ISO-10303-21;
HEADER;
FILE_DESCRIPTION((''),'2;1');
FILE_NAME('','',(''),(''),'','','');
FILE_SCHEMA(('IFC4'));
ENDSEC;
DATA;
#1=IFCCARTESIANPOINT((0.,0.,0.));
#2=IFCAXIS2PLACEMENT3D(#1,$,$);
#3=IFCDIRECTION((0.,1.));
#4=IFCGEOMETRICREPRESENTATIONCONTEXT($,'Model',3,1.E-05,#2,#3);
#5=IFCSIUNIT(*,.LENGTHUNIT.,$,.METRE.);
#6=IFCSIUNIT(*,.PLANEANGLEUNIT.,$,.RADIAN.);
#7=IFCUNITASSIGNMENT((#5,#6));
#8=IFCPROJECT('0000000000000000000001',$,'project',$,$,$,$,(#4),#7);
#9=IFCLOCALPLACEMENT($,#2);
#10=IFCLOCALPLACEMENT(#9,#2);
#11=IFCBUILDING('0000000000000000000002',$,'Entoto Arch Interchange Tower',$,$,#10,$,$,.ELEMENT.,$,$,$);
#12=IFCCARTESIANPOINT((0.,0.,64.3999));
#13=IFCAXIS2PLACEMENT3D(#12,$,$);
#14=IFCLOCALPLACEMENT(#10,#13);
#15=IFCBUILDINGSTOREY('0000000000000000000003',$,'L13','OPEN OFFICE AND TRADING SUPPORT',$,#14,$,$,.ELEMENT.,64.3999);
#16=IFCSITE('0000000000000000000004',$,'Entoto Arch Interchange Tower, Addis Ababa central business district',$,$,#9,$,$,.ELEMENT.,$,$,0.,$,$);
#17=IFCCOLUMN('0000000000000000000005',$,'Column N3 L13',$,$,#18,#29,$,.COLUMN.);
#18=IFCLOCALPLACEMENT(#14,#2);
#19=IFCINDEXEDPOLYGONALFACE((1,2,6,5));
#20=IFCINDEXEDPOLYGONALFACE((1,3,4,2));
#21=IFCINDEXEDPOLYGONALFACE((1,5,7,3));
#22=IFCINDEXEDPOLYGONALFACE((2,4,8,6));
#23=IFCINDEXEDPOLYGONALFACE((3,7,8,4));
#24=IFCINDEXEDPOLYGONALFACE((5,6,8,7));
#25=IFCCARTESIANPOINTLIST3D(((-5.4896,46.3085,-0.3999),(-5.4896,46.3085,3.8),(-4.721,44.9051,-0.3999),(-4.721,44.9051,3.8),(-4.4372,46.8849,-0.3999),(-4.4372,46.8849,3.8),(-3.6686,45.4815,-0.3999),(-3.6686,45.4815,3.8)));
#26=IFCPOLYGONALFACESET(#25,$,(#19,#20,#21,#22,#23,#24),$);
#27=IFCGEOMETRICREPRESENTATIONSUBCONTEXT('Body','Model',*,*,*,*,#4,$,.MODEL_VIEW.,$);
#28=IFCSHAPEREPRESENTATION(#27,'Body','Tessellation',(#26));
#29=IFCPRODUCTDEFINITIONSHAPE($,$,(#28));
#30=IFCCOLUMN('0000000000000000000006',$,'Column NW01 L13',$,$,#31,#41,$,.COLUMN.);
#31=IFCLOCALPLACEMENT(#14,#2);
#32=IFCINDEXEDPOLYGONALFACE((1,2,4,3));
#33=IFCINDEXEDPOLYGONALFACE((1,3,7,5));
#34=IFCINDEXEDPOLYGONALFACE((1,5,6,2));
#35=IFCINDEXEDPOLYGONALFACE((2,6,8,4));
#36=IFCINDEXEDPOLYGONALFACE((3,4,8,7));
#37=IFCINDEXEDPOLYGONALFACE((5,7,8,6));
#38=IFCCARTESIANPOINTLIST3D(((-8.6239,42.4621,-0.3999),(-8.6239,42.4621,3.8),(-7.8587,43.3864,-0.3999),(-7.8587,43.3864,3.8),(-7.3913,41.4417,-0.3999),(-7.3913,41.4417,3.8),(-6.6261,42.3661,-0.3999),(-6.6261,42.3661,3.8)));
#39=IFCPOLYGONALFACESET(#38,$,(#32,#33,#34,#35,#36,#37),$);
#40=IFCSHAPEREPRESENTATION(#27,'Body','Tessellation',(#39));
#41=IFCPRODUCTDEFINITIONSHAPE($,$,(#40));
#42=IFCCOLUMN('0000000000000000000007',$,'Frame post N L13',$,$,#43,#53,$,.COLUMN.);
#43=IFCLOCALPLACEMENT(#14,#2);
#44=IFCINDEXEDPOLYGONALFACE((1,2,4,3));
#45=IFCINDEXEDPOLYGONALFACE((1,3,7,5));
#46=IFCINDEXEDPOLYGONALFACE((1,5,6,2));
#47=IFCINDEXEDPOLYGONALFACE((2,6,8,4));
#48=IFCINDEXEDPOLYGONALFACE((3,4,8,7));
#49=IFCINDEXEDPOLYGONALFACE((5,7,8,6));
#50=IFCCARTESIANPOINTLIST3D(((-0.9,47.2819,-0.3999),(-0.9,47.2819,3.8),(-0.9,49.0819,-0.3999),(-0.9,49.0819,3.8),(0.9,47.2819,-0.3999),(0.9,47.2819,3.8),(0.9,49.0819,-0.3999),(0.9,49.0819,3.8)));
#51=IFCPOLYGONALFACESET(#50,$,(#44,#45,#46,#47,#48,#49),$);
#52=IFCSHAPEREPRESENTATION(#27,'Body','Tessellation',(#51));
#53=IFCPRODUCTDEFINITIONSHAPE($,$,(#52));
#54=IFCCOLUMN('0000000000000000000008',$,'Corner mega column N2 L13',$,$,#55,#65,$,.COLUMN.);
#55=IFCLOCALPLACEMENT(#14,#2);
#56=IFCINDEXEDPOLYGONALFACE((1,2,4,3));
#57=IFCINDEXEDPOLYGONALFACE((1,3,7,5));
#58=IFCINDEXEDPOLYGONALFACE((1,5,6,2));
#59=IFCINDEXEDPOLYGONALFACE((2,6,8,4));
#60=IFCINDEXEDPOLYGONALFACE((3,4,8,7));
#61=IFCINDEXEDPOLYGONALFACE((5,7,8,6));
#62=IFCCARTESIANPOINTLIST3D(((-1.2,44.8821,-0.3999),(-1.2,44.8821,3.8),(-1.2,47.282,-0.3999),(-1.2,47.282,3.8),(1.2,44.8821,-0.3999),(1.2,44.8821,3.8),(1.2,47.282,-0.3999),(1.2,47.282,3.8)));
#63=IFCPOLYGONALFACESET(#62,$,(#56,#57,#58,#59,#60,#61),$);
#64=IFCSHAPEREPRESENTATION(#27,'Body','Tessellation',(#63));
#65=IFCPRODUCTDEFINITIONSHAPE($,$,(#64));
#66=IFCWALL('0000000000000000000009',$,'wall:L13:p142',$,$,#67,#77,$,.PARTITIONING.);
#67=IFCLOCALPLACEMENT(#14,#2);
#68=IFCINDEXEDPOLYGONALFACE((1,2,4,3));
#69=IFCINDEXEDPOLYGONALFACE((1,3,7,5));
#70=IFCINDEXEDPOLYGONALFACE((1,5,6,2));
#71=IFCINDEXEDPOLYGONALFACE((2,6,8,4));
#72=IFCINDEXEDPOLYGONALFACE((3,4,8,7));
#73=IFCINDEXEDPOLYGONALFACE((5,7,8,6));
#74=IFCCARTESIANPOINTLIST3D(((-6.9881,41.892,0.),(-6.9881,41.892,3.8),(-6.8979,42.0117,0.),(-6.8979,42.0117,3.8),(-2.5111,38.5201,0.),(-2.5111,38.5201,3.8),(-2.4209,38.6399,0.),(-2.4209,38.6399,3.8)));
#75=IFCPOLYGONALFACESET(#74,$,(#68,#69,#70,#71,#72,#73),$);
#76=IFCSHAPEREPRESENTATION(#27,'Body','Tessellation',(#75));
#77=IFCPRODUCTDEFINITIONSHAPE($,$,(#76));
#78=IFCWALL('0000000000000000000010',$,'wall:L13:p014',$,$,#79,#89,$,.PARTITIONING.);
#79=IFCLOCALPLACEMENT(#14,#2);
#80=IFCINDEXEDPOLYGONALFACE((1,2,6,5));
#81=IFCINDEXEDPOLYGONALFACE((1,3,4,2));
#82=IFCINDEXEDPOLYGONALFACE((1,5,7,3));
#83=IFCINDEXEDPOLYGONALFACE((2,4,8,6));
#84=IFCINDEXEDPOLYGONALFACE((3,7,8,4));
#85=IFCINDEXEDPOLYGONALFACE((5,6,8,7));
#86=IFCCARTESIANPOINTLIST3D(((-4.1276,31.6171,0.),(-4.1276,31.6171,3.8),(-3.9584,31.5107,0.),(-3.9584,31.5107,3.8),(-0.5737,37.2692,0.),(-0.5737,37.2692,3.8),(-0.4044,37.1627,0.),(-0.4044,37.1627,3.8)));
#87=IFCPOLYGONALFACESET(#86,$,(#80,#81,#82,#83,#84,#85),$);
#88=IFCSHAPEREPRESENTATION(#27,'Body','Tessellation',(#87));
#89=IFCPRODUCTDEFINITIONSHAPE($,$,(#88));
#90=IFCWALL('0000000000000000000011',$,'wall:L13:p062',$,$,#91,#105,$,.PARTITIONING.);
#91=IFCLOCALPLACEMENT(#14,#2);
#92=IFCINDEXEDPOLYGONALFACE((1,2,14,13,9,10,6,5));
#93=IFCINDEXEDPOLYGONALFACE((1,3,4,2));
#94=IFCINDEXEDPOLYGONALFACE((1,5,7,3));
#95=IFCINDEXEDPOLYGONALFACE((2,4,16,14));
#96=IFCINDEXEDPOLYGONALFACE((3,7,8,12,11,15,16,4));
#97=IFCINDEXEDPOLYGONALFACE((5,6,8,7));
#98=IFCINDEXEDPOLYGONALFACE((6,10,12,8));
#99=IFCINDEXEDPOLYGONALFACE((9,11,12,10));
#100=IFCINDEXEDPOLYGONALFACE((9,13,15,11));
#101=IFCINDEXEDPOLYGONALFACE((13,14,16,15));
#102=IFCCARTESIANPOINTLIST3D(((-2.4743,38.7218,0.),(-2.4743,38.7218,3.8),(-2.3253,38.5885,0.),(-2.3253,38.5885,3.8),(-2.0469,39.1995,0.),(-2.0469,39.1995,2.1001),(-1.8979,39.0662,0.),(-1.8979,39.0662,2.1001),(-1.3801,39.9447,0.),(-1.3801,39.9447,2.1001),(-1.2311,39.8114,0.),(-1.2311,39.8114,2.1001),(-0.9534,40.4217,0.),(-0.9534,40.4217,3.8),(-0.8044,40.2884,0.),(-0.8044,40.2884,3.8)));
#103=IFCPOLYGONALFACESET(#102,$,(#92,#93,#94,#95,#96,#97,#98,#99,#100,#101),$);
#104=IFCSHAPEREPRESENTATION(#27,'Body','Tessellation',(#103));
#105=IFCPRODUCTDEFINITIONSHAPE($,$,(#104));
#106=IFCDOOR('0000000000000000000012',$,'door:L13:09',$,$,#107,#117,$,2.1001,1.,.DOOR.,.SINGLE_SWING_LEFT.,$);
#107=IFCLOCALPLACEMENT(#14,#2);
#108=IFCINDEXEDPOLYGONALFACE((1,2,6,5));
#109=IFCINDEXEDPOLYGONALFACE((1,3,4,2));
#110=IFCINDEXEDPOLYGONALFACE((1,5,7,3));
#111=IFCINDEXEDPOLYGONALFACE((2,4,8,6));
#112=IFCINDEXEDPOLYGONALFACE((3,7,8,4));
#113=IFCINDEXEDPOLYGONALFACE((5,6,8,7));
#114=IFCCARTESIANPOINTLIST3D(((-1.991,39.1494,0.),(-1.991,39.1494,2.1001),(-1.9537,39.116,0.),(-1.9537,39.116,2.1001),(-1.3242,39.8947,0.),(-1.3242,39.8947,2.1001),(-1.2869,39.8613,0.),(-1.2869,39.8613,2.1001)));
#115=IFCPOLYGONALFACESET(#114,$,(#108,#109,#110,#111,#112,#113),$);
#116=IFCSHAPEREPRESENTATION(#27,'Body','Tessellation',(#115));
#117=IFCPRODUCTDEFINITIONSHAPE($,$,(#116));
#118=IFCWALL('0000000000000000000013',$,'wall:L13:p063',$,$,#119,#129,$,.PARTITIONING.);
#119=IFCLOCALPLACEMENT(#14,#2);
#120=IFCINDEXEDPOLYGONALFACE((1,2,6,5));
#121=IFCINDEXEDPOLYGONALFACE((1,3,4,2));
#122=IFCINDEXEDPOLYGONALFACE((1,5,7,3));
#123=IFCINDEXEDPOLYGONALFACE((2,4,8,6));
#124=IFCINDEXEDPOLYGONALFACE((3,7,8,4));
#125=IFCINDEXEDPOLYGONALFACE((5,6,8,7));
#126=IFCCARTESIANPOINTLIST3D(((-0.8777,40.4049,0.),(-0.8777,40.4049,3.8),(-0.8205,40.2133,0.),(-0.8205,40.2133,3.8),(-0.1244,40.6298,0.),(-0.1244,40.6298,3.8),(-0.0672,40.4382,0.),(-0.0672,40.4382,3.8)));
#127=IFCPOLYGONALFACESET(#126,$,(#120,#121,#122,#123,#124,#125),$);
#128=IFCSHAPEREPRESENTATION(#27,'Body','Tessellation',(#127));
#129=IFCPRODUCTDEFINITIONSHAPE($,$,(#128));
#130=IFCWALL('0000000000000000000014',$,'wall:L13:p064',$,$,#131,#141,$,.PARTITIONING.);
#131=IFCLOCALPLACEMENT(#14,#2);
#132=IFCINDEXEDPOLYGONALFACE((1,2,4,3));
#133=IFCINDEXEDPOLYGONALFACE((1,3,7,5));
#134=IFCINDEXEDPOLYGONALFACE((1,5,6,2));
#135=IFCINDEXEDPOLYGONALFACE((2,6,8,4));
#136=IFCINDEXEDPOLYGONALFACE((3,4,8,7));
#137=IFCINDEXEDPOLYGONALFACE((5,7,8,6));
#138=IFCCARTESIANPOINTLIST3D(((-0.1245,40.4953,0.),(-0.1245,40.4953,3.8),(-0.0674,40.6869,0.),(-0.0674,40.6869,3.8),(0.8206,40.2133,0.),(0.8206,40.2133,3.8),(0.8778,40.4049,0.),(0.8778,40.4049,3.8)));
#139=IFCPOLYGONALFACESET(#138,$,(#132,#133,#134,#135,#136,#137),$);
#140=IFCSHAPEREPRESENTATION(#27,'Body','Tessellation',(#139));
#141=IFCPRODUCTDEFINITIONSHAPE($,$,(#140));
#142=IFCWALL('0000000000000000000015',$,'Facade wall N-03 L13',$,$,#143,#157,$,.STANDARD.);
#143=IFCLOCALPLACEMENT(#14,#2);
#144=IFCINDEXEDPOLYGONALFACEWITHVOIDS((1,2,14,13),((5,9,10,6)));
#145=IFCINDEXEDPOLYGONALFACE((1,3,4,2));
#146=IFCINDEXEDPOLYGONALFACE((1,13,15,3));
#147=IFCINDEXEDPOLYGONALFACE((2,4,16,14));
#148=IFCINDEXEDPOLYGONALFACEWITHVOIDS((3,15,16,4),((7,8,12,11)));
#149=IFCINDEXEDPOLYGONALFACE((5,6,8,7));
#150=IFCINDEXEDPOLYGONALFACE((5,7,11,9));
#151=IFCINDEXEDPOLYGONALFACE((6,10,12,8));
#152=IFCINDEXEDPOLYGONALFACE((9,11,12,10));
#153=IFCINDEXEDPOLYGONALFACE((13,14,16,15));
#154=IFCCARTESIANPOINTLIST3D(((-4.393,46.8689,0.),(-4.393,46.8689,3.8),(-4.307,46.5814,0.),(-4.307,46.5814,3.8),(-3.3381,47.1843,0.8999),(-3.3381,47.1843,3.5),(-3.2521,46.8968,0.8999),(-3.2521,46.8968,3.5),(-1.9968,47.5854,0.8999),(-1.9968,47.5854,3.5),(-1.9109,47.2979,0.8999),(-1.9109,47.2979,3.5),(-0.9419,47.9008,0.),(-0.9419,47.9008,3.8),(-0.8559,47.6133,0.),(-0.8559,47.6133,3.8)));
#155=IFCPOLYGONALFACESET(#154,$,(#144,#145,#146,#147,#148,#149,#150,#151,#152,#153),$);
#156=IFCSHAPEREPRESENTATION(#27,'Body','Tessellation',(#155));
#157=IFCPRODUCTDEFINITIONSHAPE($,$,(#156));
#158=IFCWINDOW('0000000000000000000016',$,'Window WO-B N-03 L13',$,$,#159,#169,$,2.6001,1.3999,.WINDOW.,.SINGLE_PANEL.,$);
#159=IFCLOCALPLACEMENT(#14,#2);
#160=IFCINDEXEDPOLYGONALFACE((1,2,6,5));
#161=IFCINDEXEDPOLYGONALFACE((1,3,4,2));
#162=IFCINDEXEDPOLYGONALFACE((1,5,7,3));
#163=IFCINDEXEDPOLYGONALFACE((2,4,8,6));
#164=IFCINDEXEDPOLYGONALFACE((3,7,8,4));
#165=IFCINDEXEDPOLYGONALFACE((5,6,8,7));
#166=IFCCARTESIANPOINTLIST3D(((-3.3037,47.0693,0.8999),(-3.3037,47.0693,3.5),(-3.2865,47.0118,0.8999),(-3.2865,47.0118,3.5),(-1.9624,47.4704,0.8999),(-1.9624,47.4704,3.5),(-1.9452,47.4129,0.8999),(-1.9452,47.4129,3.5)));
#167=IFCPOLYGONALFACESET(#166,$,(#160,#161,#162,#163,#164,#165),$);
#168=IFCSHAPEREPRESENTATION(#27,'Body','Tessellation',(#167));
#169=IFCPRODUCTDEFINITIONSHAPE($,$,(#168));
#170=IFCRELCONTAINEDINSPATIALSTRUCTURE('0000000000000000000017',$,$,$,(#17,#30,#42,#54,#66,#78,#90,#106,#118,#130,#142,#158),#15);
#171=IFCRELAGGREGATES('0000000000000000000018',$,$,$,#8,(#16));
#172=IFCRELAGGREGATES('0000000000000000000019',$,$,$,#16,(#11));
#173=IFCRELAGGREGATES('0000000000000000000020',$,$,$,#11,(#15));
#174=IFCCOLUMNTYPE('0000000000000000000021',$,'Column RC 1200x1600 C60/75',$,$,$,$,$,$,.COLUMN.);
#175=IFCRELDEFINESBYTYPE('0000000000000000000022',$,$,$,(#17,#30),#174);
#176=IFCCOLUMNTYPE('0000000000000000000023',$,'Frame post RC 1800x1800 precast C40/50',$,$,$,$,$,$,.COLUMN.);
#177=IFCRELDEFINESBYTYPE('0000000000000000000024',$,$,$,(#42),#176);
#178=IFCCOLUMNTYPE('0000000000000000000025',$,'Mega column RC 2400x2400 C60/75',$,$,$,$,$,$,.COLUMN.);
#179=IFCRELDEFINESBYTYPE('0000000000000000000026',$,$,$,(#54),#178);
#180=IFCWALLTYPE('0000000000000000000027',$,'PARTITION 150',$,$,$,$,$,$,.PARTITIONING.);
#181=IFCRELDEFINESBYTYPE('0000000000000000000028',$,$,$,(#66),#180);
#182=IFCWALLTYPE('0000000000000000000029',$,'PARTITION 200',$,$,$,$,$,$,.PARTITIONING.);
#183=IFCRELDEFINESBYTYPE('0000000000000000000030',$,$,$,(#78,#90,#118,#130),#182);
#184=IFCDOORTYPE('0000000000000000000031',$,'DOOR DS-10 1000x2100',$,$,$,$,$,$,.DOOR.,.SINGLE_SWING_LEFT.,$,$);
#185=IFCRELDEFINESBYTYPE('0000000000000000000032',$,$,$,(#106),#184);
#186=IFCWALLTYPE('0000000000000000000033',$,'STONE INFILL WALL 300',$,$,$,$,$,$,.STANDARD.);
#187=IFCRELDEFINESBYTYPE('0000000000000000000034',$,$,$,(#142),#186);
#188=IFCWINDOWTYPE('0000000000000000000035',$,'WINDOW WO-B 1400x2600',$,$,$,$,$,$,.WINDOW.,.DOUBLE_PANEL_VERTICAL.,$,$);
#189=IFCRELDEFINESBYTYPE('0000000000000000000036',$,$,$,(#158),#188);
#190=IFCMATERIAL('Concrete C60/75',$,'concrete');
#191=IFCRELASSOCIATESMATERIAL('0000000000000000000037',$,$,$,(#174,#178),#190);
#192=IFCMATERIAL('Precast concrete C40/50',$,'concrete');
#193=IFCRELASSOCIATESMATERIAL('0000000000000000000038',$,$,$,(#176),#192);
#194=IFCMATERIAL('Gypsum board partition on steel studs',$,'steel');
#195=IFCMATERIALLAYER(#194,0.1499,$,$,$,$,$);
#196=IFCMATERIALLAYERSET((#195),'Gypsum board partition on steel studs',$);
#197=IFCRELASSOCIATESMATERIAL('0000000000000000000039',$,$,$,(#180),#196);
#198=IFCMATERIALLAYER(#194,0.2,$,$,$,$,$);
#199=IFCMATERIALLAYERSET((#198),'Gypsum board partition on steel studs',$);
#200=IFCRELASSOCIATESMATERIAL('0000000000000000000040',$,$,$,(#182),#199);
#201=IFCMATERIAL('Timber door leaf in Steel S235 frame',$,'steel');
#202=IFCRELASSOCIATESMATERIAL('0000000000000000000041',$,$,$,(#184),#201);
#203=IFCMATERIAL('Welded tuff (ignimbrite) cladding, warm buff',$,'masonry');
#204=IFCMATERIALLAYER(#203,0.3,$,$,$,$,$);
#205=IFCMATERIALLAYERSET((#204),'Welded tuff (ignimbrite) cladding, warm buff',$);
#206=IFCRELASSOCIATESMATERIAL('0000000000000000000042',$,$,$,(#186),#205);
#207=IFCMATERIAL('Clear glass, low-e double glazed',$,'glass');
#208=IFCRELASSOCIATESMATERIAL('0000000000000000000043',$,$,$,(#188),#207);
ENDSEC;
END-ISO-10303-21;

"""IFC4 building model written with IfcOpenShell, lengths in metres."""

from ifc_helpers import new_model, si_unit, direction, frame, frame_2d, origin, origin_2d, place, context, subcontext, project, spatial, rectangle, extrude, material, layer, layer_set, material_profile, profile_set, type_object, element, fill, save


model = new_model("IFC4")

# Units and contexts
model_context = context("Model", 3, precision=1e-05, world=origin(), true_north=direction((0.0, 1.0)))
body_context = subcontext(model_context, "Body", "Model", "MODEL_VIEW")
ifc_project = project(units=[si_unit("LENGTHUNIT", "METRE"), si_unit("PLANEANGLEUNIT", "RADIAN")], contexts=[model_context])

# Site, building, storey
site_placement = place(None, origin())
site = spatial("IfcSite", under=ifc_project, at=site_placement, Name="Entoto Arch Interchange Tower, Addis Ababa central business district", CompositionType="ELEMENT", RefElevation=0.0)
building_placement = place(site_placement, origin())
building = spatial("IfcBuilding", under=site, at=building_placement, Name="Entoto Arch Interchange Tower", CompositionType="ELEMENT")
storey_placement = place(building_placement, frame((0.0, 0.0, 64.3999)))
storey = spatial("IfcBuildingStorey", under=building, at=storey_placement, Name="L13", Description="OPEN OFFICE AND TRADING SUPPORT", CompositionType="ELEMENT", Elevation=64.3999)

# Columns
ifc_material_1 = material(Name="Concrete C60/75", Category="concrete")
ifc_material_profile_1 = material_profile(ifc_material_1, rectangle(XDim=1.2, YDim=1.6001, at=origin_2d()))
ifc_profile_set_1 = profile_set([ifc_material_profile_1], Name="Concrete C60/75")
column_type_1 = type_object("IfcColumnType", Name="Column RC 1200x1600 C60/75", PredefinedType="COLUMN", material=ifc_profile_set_1)
for number, where, z_axis, x_axis, name in (
    (1, (-4.5791, 45.895, -0.3999), (0.0, 0.0, 1.0), (0.877079, 0.480346, 0.0), "Column N3 L13"),
    (2, (-7.625, 42.4141, -0.3999), (0.0, 0.0, 1.0), (0.637666, 0.770313, 0.0), "Column NW01 L13"),
):
    element("IfcColumn", number, at=place(storey_placement, frame(where, z_axis=z_axis, x_axis=x_axis)), inside=storey, type_object=column_type_1, Name=name, PredefinedType="COLUMN", context=body_context, shape_type="SweptSolid", body=[
        extrude(rectangle(XDim=1.2, YDim=1.6001, at=origin_2d()), origin(), (0.0, 0.0, 1.0), 4.2),
    ])
ifc_material_2 = material(Name="Precast concrete C40/50", Category="concrete")
ifc_material_profile_2 = material_profile(ifc_material_2, rectangle(XDim=1.8, YDim=1.8, at=origin_2d()))
ifc_profile_set_2 = profile_set([ifc_material_profile_2], Name="Precast concrete C40/50")
column_type_2 = type_object("IfcColumnType", Name="Frame post RC 1800x1800 precast C40/50", PredefinedType="COLUMN", material=ifc_profile_set_2)
column_1_placement = place(storey_placement, frame((0.0, 48.1819, -0.3999), z_axis=(0.0, 0.0, 1.0), x_axis=(0.0, 1.0, 0.0)))
element("IfcColumn", 3, at=column_1_placement, inside=storey, type_object=column_type_2, Name="Frame post N L13", PredefinedType="COLUMN", context=body_context, shape_type="SweptSolid", body=[
    extrude(rectangle(XDim=1.8, YDim=1.8, at=origin_2d()), origin(), (0.0, 0.0, 1.0), 4.2),
])
ifc_material_profile_3 = material_profile(ifc_material_1, rectangle(XDim=2.3999, YDim=2.3999, at=origin_2d()))
ifc_profile_set_3 = profile_set([ifc_material_profile_3], Name="Concrete C60/75")
column_type_3 = type_object("IfcColumnType", Name="Mega column RC 2400x2400 C60/75", PredefinedType="COLUMN", material=ifc_profile_set_3)
column_2_placement = place(storey_placement, frame((0.0, 46.082, -0.3999), z_axis=(0.0, 0.0, 1.0), x_axis=(0.0, 1.0, 0.0)))
element("IfcColumn", 4, at=column_2_placement, inside=storey, type_object=column_type_3, Name="Corner mega column N2 L13", PredefinedType="COLUMN", context=body_context, shape_type="SweptSolid", body=[
    extrude(rectangle(XDim=2.3999, YDim=2.3999, at=origin_2d()), origin(), (0.0, 0.0, 1.0), 4.2),
])

# Walls
ifc_material_3 = material(Name="Gypsum board partition on steel studs", Category="steel")
ifc_layer_1 = layer(ifc_material_3, 0.1499)
ifc_layer_set_1 = layer_set([ifc_layer_1], Name="Gypsum board partition on steel studs")
wall_type_1 = type_object("IfcWallType", Name="PARTITION 150", PredefinedType="PARTITIONING", material=ifc_layer_set_1)
wall_1_placement = place(storey_placement, frame((-2.4661, 38.5801, 0.0), z_axis=(0.0, 0.0, 1.0), x_axis=(-0.798796, 0.601602, 0.0)))
element("IfcWall", 5, at=wall_1_placement, inside=storey, type_object=wall_type_1, Name="wall:L13:p142", PredefinedType="PARTITIONING", context=body_context, shape_type="SweptSolid", body=[
    extrude(rectangle(XDim=5.6047, YDim=0.1499, at=frame_2d((2.8022, 0.0))), origin(), (0.0, 0.0, 1.0), 3.8),
])
ifc_layer_2 = layer(ifc_material_3, 0.2)
ifc_layer_set_2 = layer_set([ifc_layer_2], Name="Gypsum board partition on steel studs")
wall_type_2 = type_object("IfcWallType", Name="PARTITION 200", PredefinedType="PARTITIONING", material=ifc_layer_set_2)
wall_2_placement = place(storey_placement, frame((-0.489, 37.2161, 0.0), z_axis=(0.0, 0.0, 1.0), x_axis=(-0.532301, -0.846555, 0.0)))
element("IfcWall", 6, at=wall_2_placement, inside=storey, type_object=wall_type_2, Name="wall:L13:p014", PredefinedType="PARTITIONING", context=body_context, shape_type="SweptSolid", body=[
    extrude(rectangle(XDim=6.6765, YDim=0.2, at=frame_2d((3.3384, 0.0))), origin(), (0.0, 0.0, 1.0), 3.8),
])

# Wall, opening, door
wall_3_placement = place(storey_placement, frame((-2.3999, 38.655, 0.0), z_axis=(0.0, 0.0, 1.0), x_axis=(0.666792, 0.745244, 0.0)))
wall_3 = element("IfcWall", 7, at=wall_3_placement, inside=storey, type_object=wall_type_2, Name="wall:L13:p062", PredefinedType="PARTITIONING", context=body_context, shape_type="SweptSolid", body=[
    extrude(rectangle(XDim=2.281, YDim=0.2, at=frame_2d((1.1406, 0.0))), origin(), (0.0, 0.0, 1.0), 3.8),
])
opening_1_placement = place(wall_3_placement, frame((0.6411, 0.0, 0.0)))
opening_1 = element("IfcOpeningElement", 8, at=opening_1_placement, cuts=wall_3, PredefinedType="OPENING", context=body_context, shape_type="SweptSolid", body=[
    extrude(rectangle(XDim=1.0, YDim=2.1001, at=frame_2d((0.5, 1.05))), frame((0.0, 0.1099, 0.0), z_axis=(0.0, -1.0, 0.0), x_axis=(1.0, 0.0, 0.0)), (0.0, 0.0, 1.0), 0.22),
])
ifc_material_4 = material(Name="Timber door leaf in Steel S235 frame", Category="steel")
door_type = type_object("IfcDoorType", Name="DOOR DS-10 1000x2100", OperationType="SINGLE_SWING_LEFT", PredefinedType="DOOR", material=ifc_material_4)
door_placement = place(opening_1_placement, origin())
door = element("IfcDoor", 9, at=door_placement, inside=storey, type_object=door_type, Name="door:L13:09", OperationType="SINGLE_SWING_LEFT", OverallHeight=2.1001, OverallWidth=1.0, PredefinedType="DOOR", context=body_context, shape_type="SweptSolid", body=[
    extrude(rectangle(XDim=1.0, YDim=2.1001, at=frame_2d((0.5, 1.05))), frame((0.0, 0.0249, 0.0), z_axis=(0.0, -1.0, 0.0), x_axis=(1.0, 0.0, 0.0)), (0.0, 0.0, 1.0), 0.05),
])
fill(opening_1, door)

# Walls
wall_4_placement = place(storey_placement, frame((-0.8491, 40.3091, 0.0), z_axis=(0.0, 0.0, 1.0), x_axis=(0.95821, 0.286065, 0.0)))
element("IfcWall", 10, at=wall_4_placement, inside=storey, type_object=wall_type_2, Name="wall:L13:p063", PredefinedType="PARTITIONING", context=body_context, shape_type="SweptSolid", body=[
    extrude(rectangle(XDim=0.7861, YDim=0.2, at=frame_2d((0.3931, 0.0))), origin(), (0.0, 0.0, 1.0), 3.8),
])
wall_5_placement = place(storey_placement, frame((-0.0959, 40.5911, 0.0), z_axis=(0.0, 0.0, 1.0), x_axis=(0.958254, -0.285917, 0.0)))
element("IfcWall", 11, at=wall_5_placement, inside=storey, type_object=wall_type_2, Name="wall:L13:p064", PredefinedType="PARTITIONING", context=body_context, shape_type="SweptSolid", body=[
    extrude(rectangle(XDim=0.9863, YDim=0.2, at=frame_2d((0.4932, 0.0))), origin(), (0.0, 0.0, 1.0), 3.8),
])

# Wall, opening, window
ifc_material_5 = material(Name="Welded tuff (ignimbrite) cladding, warm buff", Category="masonry")
ifc_layer_3 = layer(ifc_material_5, 0.3)
ifc_layer_set_3 = layer_set([ifc_layer_3], Name="Welded tuff (ignimbrite) cladding, warm buff")
wall_type_3 = type_object("IfcWallType", Name="STONE INFILL WALL 300", PredefinedType="STANDARD", material=ifc_layer_set_3)
wall_6_placement = place(storey_placement, frame((-0.8989, 47.7571, 0.0), z_axis=(0.0, 0.0, 1.0), x_axis=(-0.958083, -0.28649, 0.0)))
wall_6 = element("IfcWall", 12, at=wall_6_placement, inside=storey, type_object=wall_type_3, Name="Facade wall N-03 L13", PredefinedType="STANDARD", context=body_context, shape_type="SweptSolid", body=[
    extrude(rectangle(XDim=3.6021, YDim=0.3, at=frame_2d((1.801, 0.0))), origin(), (0.0, 0.0, 1.0), 3.8),
])
opening_2_placement = place(wall_6_placement, frame((1.1011, 0.0, 0.8999)))
opening_2 = element("IfcOpeningElement", 13, at=opening_2_placement, cuts=wall_6, PredefinedType="OPENING", context=body_context, shape_type="SweptSolid", body=[
    extrude(rectangle(XDim=1.3999, YDim=2.6001, at=frame_2d((0.7, 1.3))), frame((0.0, 0.1602, 0.0), z_axis=(0.0, -1.0, 0.0), x_axis=(1.0, 0.0, 0.0)), (0.0, 0.0, 1.0), 0.3201),
])
ifc_material_6 = material(Name="Clear glass, low-e double glazed", Category="glass")
window_type_1 = type_object("IfcWindowType", Name="WINDOW WO-B 1400x2600", PartitioningType="DOUBLE_PANEL_VERTICAL", PredefinedType="WINDOW", material=ifc_material_6)
window_1_placement = place(opening_2_placement, origin())
window_1 = element("IfcWindow", 14, at=window_1_placement, inside=storey, type_object=window_type_1, Name="Window WO-B N-03 L13", OverallHeight=2.6001, OverallWidth=1.3999, PartitioningType="SINGLE_PANEL", PredefinedType="WINDOW", context=body_context, shape_type="SweptSolid", body=[
    extrude(rectangle(XDim=1.3999, YDim=2.6001, at=frame_2d((0.7, 1.3))), frame((0.0, 0.03, 0.0), z_axis=(0.0, -1.0, 0.0), x_axis=(1.0, 0.0, 0.0)), (0.0, 0.0, 1.0), 0.0601),
])
fill(opening_2, window_1)

save(model, "model.ifc")
